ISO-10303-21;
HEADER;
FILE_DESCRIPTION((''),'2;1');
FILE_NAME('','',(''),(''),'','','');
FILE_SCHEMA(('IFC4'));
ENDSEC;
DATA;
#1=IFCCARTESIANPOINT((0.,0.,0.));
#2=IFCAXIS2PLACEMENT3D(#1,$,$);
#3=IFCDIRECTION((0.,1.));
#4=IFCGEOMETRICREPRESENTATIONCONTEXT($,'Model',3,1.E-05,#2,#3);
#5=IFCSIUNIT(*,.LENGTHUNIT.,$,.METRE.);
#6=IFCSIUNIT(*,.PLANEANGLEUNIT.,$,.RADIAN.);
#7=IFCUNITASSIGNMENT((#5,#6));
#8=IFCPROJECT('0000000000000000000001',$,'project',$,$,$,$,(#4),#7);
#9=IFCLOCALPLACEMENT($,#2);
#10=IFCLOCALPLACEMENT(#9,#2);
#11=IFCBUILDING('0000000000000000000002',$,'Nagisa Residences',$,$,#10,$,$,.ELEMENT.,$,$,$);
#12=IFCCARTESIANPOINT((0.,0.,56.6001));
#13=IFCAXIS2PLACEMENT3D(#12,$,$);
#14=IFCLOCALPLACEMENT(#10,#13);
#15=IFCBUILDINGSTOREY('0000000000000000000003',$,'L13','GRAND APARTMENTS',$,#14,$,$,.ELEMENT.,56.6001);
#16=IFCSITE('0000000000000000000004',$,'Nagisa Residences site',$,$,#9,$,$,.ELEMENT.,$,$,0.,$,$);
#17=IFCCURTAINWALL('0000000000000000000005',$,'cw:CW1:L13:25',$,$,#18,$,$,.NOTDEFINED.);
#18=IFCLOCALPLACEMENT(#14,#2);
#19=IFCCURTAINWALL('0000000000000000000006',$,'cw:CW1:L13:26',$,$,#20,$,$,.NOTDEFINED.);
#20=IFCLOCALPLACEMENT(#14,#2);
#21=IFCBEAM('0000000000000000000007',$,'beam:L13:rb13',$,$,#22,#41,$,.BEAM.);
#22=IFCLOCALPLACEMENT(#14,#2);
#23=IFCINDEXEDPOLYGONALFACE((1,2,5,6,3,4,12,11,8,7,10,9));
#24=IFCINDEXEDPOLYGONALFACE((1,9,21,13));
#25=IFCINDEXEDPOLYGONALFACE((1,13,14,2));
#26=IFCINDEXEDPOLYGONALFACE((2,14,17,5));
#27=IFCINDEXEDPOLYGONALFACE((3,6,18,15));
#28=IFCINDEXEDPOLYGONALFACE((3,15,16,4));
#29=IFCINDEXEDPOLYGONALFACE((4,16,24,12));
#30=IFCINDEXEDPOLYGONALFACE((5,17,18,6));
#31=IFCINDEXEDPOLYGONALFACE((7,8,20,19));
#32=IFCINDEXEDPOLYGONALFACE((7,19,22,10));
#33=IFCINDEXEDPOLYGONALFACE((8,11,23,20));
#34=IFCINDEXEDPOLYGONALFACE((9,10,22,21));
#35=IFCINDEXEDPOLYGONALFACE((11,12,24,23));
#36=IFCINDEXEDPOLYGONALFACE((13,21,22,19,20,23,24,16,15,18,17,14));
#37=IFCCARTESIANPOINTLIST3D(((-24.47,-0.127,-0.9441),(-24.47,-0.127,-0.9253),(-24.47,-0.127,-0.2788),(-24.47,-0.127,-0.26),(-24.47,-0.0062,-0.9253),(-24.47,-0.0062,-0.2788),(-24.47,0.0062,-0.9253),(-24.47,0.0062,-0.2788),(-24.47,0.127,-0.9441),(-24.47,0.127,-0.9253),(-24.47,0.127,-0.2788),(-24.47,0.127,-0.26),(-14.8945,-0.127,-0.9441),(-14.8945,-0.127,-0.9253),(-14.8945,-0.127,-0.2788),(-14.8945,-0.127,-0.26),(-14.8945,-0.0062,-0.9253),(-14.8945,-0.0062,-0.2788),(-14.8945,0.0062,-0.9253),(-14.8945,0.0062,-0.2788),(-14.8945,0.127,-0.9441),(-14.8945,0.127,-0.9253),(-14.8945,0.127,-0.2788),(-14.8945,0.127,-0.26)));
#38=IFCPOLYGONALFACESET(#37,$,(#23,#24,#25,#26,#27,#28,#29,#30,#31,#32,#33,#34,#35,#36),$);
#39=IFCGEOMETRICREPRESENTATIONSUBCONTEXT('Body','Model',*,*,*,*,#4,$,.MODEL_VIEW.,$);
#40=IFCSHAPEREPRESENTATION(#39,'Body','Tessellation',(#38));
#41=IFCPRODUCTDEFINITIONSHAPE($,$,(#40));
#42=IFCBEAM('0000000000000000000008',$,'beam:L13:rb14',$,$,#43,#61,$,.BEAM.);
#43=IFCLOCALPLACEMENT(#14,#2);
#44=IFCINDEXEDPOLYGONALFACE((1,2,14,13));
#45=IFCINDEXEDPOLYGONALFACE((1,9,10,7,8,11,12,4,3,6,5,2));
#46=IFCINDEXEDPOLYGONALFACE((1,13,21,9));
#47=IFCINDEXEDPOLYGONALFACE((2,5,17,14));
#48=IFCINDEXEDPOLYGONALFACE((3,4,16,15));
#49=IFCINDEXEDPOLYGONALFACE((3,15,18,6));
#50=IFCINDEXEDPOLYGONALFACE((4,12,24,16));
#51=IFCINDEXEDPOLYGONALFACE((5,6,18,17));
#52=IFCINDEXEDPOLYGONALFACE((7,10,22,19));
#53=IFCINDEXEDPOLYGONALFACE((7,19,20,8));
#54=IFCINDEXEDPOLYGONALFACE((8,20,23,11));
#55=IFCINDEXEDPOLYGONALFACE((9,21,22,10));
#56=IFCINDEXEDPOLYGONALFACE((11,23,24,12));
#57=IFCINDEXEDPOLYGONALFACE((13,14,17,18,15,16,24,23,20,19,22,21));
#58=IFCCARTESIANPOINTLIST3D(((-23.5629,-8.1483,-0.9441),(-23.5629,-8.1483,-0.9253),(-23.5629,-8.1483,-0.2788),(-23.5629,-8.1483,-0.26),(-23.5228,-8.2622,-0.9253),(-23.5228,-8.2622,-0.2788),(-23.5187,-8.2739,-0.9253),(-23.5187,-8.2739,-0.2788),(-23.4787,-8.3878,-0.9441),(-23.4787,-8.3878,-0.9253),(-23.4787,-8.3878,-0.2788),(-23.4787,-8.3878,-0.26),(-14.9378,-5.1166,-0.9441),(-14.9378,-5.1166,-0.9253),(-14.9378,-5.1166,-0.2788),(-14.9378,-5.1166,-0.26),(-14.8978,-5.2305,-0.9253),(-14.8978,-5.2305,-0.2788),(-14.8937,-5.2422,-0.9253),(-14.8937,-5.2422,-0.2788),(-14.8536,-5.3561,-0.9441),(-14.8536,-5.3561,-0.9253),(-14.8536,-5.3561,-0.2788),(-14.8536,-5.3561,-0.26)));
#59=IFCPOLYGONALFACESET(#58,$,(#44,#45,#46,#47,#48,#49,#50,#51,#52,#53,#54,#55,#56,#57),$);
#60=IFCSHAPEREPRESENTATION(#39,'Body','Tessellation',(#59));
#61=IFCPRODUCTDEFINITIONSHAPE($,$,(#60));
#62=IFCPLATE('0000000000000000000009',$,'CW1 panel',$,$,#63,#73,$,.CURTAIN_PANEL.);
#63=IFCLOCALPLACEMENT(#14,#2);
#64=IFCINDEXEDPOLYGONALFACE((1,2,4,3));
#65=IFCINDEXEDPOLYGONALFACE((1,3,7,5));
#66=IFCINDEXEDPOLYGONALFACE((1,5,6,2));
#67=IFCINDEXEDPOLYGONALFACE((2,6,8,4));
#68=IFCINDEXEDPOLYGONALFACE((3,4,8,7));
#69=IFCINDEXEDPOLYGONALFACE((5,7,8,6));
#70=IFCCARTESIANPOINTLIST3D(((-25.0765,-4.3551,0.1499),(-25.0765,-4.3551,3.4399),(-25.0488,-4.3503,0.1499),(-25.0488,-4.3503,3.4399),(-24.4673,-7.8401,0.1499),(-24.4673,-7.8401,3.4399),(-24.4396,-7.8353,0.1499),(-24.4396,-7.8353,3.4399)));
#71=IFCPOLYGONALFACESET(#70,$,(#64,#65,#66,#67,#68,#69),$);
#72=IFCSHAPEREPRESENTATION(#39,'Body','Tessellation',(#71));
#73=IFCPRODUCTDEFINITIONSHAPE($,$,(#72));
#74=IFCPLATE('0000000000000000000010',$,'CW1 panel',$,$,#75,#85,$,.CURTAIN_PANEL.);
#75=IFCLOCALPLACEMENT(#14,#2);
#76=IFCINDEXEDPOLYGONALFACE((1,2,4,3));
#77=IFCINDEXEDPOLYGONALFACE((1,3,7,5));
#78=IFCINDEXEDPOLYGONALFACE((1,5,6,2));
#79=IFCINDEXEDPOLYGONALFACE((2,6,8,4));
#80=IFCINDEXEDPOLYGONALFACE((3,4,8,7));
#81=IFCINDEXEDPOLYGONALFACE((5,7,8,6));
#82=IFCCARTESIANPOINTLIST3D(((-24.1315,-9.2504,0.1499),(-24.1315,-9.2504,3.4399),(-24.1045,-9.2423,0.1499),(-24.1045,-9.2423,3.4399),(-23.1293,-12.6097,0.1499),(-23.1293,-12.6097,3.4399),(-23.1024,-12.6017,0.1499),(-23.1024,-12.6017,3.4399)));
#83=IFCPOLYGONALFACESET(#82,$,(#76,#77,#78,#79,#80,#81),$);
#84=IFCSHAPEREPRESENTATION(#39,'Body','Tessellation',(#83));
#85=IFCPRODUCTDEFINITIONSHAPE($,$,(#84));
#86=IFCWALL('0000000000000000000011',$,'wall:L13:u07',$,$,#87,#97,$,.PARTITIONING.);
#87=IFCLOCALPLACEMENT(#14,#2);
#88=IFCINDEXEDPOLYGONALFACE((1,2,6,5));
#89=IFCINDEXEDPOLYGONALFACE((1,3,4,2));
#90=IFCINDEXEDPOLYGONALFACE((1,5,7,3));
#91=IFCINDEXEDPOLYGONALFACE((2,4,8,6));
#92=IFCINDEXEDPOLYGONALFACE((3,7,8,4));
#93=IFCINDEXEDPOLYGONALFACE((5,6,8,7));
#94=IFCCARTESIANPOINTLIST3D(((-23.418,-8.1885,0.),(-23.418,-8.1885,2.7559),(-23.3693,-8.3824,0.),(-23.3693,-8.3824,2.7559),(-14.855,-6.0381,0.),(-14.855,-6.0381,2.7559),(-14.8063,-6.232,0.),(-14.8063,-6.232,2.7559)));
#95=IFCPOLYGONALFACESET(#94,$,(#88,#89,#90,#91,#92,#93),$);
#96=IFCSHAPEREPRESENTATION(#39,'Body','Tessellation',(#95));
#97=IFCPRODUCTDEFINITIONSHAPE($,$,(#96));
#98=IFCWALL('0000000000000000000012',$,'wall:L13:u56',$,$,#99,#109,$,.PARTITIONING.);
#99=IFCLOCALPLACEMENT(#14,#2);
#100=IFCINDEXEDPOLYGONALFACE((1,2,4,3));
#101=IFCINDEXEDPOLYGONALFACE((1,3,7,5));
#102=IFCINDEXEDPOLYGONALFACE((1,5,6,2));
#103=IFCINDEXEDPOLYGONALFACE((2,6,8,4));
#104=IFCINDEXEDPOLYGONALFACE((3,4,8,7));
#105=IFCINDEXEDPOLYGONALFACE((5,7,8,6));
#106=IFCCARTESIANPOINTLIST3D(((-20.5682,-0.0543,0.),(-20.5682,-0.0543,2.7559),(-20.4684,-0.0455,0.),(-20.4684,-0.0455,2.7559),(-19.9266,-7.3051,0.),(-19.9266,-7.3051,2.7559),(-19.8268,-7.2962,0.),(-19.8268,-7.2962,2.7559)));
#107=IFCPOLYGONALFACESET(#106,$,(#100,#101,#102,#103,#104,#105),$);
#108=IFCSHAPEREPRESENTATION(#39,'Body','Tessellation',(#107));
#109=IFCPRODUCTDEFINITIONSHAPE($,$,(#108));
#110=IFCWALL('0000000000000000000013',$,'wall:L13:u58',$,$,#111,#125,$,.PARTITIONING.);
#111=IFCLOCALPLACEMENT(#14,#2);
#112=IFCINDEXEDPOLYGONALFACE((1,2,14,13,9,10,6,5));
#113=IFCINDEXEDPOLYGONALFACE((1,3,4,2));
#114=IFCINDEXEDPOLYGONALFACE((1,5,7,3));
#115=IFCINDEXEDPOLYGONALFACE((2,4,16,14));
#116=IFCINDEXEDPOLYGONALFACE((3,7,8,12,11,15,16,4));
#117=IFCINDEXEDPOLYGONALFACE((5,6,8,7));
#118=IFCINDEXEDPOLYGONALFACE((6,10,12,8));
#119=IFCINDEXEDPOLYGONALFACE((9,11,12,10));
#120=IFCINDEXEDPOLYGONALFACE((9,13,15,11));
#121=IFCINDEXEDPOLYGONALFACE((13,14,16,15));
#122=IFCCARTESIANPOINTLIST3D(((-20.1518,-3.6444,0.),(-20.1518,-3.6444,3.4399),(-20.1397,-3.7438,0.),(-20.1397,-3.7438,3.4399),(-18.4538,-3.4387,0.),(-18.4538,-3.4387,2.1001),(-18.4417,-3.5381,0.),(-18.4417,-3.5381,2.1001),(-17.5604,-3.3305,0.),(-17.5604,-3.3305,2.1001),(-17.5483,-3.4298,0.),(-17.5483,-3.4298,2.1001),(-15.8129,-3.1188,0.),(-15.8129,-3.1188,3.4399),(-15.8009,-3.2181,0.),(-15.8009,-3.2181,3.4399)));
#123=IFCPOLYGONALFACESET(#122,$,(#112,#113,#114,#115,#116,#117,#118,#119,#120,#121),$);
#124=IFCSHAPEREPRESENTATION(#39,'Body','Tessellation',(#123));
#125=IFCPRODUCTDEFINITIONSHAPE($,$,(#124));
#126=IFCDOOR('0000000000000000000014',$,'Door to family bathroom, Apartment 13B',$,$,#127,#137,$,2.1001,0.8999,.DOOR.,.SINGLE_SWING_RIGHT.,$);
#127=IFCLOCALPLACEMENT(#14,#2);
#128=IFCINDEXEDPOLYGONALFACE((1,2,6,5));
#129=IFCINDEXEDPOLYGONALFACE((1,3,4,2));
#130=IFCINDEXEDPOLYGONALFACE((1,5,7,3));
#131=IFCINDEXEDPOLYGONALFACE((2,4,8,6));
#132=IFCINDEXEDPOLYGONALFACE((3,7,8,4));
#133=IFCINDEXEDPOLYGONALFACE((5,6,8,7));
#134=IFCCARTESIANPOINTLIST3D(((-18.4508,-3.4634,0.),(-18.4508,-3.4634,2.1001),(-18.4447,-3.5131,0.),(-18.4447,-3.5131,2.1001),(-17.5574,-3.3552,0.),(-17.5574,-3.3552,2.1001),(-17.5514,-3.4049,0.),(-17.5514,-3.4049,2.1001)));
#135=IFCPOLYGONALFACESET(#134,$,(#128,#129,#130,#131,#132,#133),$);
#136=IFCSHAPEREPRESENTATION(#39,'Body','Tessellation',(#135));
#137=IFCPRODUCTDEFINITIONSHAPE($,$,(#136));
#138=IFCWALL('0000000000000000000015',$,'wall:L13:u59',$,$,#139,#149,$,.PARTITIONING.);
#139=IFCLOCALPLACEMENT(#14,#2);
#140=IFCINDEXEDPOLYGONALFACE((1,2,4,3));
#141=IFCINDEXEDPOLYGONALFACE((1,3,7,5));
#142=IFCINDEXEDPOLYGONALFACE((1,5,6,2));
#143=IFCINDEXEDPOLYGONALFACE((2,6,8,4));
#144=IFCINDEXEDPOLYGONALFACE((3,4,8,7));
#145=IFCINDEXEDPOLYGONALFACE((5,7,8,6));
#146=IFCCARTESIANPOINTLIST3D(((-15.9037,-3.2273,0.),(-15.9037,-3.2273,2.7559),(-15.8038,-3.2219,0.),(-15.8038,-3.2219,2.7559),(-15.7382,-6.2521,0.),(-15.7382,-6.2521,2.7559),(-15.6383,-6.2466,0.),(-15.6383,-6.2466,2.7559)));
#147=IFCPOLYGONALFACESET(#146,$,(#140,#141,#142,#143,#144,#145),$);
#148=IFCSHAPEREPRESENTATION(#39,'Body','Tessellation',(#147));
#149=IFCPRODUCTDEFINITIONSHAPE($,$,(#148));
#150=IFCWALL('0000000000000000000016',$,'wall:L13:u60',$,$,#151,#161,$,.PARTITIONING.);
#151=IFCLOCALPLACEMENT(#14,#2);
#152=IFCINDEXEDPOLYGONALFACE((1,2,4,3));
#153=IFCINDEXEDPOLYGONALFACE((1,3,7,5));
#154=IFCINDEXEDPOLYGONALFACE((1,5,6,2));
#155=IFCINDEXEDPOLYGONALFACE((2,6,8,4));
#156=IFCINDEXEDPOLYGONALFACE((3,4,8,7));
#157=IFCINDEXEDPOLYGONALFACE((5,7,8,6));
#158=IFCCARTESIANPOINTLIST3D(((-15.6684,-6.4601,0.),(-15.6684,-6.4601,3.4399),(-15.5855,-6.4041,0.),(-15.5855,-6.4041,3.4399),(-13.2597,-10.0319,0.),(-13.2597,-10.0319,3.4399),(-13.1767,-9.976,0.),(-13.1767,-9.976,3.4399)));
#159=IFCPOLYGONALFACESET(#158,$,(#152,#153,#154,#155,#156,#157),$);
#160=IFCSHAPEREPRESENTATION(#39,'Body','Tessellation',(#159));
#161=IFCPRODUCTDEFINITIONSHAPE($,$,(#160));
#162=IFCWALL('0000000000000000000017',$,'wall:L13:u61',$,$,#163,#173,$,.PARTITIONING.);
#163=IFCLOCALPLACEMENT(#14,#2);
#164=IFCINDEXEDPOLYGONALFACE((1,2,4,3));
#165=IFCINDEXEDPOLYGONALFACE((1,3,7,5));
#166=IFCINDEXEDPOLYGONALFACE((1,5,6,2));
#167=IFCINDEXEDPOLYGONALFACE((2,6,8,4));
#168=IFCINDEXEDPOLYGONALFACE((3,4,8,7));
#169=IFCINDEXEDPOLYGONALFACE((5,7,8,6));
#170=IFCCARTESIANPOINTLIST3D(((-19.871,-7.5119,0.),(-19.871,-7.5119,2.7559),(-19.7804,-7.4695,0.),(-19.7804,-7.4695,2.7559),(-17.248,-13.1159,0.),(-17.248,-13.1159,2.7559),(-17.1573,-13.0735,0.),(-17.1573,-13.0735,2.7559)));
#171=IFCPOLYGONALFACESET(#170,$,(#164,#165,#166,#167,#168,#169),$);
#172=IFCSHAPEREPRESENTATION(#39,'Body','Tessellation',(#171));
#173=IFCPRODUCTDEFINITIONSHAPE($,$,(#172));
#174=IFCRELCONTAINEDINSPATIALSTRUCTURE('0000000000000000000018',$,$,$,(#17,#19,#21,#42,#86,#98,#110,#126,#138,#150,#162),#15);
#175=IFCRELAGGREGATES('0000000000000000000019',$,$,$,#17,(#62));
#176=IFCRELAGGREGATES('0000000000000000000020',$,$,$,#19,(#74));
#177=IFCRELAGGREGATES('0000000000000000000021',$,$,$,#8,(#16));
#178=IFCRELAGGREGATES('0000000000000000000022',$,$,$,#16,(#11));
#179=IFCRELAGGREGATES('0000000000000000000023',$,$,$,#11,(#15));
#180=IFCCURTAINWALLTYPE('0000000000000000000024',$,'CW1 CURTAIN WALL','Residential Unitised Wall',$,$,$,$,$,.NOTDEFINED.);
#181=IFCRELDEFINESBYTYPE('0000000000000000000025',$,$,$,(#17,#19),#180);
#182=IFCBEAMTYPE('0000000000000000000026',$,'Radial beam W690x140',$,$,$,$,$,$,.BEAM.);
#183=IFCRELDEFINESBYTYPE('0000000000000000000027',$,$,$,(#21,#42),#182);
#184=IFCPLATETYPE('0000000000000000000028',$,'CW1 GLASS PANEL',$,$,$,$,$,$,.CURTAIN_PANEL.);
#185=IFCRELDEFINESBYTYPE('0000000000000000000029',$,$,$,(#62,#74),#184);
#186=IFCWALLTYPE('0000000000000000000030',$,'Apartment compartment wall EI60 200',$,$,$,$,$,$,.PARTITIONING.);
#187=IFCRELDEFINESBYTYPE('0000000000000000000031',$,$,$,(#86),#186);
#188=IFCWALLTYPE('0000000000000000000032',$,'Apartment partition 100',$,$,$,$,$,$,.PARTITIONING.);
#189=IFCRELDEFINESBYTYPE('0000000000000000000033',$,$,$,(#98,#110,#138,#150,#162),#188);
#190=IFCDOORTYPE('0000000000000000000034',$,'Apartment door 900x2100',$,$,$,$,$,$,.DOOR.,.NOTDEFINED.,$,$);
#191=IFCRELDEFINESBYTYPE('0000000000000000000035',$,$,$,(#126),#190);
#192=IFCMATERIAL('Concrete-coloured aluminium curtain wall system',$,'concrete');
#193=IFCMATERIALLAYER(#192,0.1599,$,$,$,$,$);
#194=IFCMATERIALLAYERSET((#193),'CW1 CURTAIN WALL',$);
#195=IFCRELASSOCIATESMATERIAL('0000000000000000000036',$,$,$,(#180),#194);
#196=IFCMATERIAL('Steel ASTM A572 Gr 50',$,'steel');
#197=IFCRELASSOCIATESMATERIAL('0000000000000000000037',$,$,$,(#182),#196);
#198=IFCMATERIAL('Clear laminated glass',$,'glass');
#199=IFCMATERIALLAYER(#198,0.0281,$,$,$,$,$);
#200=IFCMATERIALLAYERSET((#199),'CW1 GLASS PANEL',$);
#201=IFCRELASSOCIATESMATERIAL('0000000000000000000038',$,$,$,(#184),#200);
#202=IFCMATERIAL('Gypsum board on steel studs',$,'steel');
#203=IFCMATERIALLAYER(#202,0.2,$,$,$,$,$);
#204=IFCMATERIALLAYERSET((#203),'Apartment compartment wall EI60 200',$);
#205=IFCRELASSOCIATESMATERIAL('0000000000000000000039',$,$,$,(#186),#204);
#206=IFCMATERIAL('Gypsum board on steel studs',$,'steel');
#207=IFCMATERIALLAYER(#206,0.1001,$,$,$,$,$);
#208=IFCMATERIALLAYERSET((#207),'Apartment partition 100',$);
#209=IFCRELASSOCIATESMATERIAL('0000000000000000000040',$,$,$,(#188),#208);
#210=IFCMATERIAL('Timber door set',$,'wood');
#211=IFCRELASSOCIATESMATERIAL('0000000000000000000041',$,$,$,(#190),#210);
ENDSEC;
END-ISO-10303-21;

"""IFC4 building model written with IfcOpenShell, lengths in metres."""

from ifc_helpers import new_model, si_unit, direction, frame, frame_2d, origin, origin_2d, place, context, subcontext, project, spatial, rectangle, i_section, extrude, material, layer, layer_set, material_profile, profile_set, type_object, element, fill, aggregate, save


model = new_model("IFC4")

# Units and contexts
model_context = context("Model", 3, precision=1e-05, world=origin(), true_north=direction((0.0, 1.0)))
body_context = subcontext(model_context, "Body", "Model", "MODEL_VIEW")
ifc_project = project(units=[si_unit("LENGTHUNIT", "METRE"), si_unit("PLANEANGLEUNIT", "RADIAN")], contexts=[model_context])

# Site, building, storey
site_placement = place(None, origin())
site = spatial("IfcSite", under=ifc_project, at=site_placement, Name="Nagisa Residences site", CompositionType="ELEMENT", RefElevation=0.0)
building_placement = place(site_placement, origin())
building = spatial("IfcBuilding", under=site, at=building_placement, Name="Nagisa Residences", CompositionType="ELEMENT")
storey_placement = place(building_placement, frame((0.0, 0.0, 56.6001)))
storey = spatial("IfcBuildingStorey", under=building, at=storey_placement, Name="L13", Description="GRAND APARTMENTS", CompositionType="ELEMENT", Elevation=56.6001)

# Curtain walls
ifc_material_1 = material(Name="Concrete-coloured aluminium curtain wall system", Category="concrete")
ifc_layer_1 = layer(ifc_material_1, 0.1599)
ifc_layer_set_1 = layer_set([ifc_layer_1], Name="CW1 CURTAIN WALL")
curtain_wall_type = type_object("IfcCurtainWallType", Name="CW1 CURTAIN WALL", Description="Residential Unitised Wall", PredefinedType="NOTDEFINED", material=ifc_layer_set_1)
curtain_wall_1_placement = place(storey_placement, origin())
curtain_wall_1 = element("IfcCurtainWall", 1, at=curtain_wall_1_placement, inside=storey, type_object=curtain_wall_type, Name="cw:CW1:L13:25", PredefinedType="NOTDEFINED")
curtain_wall_2_placement = place(storey_placement, origin())
curtain_wall_2 = element("IfcCurtainWall", 2, at=curtain_wall_2_placement, inside=storey, type_object=curtain_wall_type, Name="cw:CW1:L13:26", PredefinedType="NOTDEFINED")

# Beams
ifc_material_2 = material(Name="Steel ASTM A572 Gr 50", Category="steel")
ifc_material_profile_1 = material_profile(ifc_material_2, i_section(OverallWidth=0.2539, OverallDepth=0.6841, WebThickness=0.0125, FlangeThickness=0.0188, at=origin_2d()), Name="W690x140")
ifc_profile_set_1 = profile_set([ifc_material_profile_1], Name="Steel ASTM A572 Gr 50")
beam_type_1 = type_object("IfcBeamType", Name="Radial beam W690x140", PredefinedType="BEAM", material=ifc_profile_set_1)
beam_1_placement = place(storey_placement, frame((-24.47, 0.0, -0.6021), z_axis=(1.0, 0.0, 0.0), x_axis=(0.0, 1.0, 0.0)))
element("IfcBeam", 3, at=beam_1_placement, inside=storey, type_object=beam_type_1, Name="beam:L13:rb13", PredefinedType="BEAM", context=body_context, shape_type="SweptSolid", body=[
    extrude(i_section(OverallWidth=0.2539, OverallDepth=0.6841, WebThickness=0.0125, FlangeThickness=0.0188, at=origin_2d()), origin(), (0.0, 0.0, 1.0), 9.5754),
])
beam_2_placement = place(storey_placement, frame((-23.5208, -8.2681, -0.6021), z_axis=(0.943415, 0.331616, 0.0), x_axis=(-0.331616, 0.943415, 0.0)))
element("IfcBeam", 4, at=beam_2_placement, inside=storey, type_object=beam_type_1, Name="beam:L13:rb14", PredefinedType="BEAM", context=body_context, shape_type="SweptSolid", body=[
    extrude(i_section(OverallWidth=0.2539, OverallDepth=0.6841, WebThickness=0.0125, FlangeThickness=0.0188, at=origin_2d()), origin(), (0.0, 0.0, 1.0), 9.1423),
])

# Plates
ifc_material_3 = material(Name="Clear laminated glass", Category="glass")
ifc_layer_2 = layer(ifc_material_3, 0.0281)
ifc_layer_set_2 = layer_set([ifc_layer_2], Name="CW1 GLASS PANEL")
plate_type = type_object("IfcPlateType", Name="CW1 GLASS PANEL", PredefinedType="CURTAIN_PANEL", material=ifc_layer_set_2)
plate_1_placement = place(storey_placement, frame((-24.7581, -6.0952, 0.1499), z_axis=(0.0, 0.0, 1.0), x_axis=(0.172191, -0.985064, 0.0)))
plate_1 = element("IfcPlate", 5, at=plate_1_placement, type_object=plate_type, Name="CW1 panel", PredefinedType="CURTAIN_PANEL", context=body_context, shape_type="SweptSolid", body=[
    extrude(rectangle(XDim=3.5378, YDim=0.0281, at=origin_2d()), origin(), (0.0, 0.0, 1.0), 3.29),
])
aggregate(curtain_wall_1, [plate_1])
plate_2_placement = place(storey_placement, frame((-23.6169, -10.926, 0.1499), z_axis=(0.0, 0.0, 1.0), x_axis=(0.28586, -0.958271, 0.0)))
plate_2 = element("IfcPlate", 6, at=plate_2_placement, type_object=plate_type, Name="CW1 panel", PredefinedType="CURTAIN_PANEL", context=body_context, shape_type="SweptSolid", body=[
    extrude(rectangle(XDim=3.5056, YDim=0.0281, at=origin_2d()), origin(), (0.0, 0.0, 1.0), 3.29),
])
aggregate(curtain_wall_2, [plate_2])

# Walls
ifc_material_4 = material(Name="Gypsum board on steel studs", Category="steel")
ifc_layer_3 = layer(ifc_material_4, 0.2)
ifc_layer_set_3 = layer_set([ifc_layer_3], Name="Apartment compartment wall EI60 200")
wall_type_1 = type_object("IfcWallType", Name="Apartment compartment wall EI60 200", PredefinedType="PARTITIONING", material=ifc_layer_set_3)
wall_1_placement = place(storey_placement, frame((-14.8306, -6.135, 0.0), z_axis=(0.0, 0.0, 1.0), x_axis=(-0.969885, -0.243564, 0.0)))
element("IfcWall", 7, at=wall_1_placement, inside=storey, type_object=wall_type_1, Name="wall:L13:u07", PredefinedType="PARTITIONING", context=body_context, shape_type="SweptSolid", body=[
    extrude(rectangle(XDim=8.8289, YDim=0.2, at=frame_2d((4.4146, 0.0))), origin(), (0.0, 0.0, 1.0), 2.7559),
])
ifc_material_5 = material(Name="Gypsum board on steel studs", Category="steel")
ifc_layer_4 = layer(ifc_material_5, 0.1001)
ifc_layer_set_4 = layer_set([ifc_layer_4], Name="Apartment partition 100")
wall_type_2 = type_object("IfcWallType", Name="Apartment partition 100", PredefinedType="PARTITIONING", material=ifc_layer_set_4)
wall_2_placement = place(storey_placement, frame((-20.5183, -0.0498, 0.0), z_axis=(0.0, 0.0, 1.0), x_axis=(0.088143, -0.996108, 0.0)))
element("IfcWall", 8, at=wall_2_placement, inside=storey, type_object=wall_type_2, Name="wall:L13:u56", PredefinedType="PARTITIONING", context=body_context, shape_type="SweptSolid", body=[
    extrude(rectangle(XDim=7.2791, YDim=0.1001, at=frame_2d((3.6396, 0.0))), origin(), (0.0, 0.0, 1.0), 2.7559),
])

# Wall, opening, door
wall_3_placement = place(storey_placement, frame((-15.8069, -3.1685, 0.0), z_axis=(0.0, 0.0, 1.0), x_axis=(-0.992742, -0.120266, 0.0)))
wall_3 = element("IfcWall", 9, at=wall_3_placement, inside=storey, type_object=wall_type_2, Name="wall:L13:u58", PredefinedType="PARTITIONING", context=body_context, shape_type="SweptSolid", body=[
    extrude(rectangle(XDim=4.3706, YDim=0.1001, at=frame_2d((2.1853, 0.0))), origin(), (0.0, 0.0, 1.0), 3.4399),
])
opening_1_placement = place(wall_3_placement, frame((1.7603, 0.0, 0.0)))
opening_1 = element("IfcOpeningElement", 10, at=opening_1_placement, cuts=wall_3, PredefinedType="OPENING", context=body_context, shape_type="SweptSolid", body=[
    extrude(rectangle(XDim=0.8999, YDim=2.1001, at=frame_2d((0.45, 1.05))), frame((0.0, 0.0601, 0.0), z_axis=(0.0, -1.0, 0.0), x_axis=(1.0, 0.0, 0.0)), (0.0, 0.0, 1.0), 0.1201),
])
ifc_material_6 = material(Name="Timber door set", Category="wood")
door_type_1 = type_object("IfcDoorType", Name="Apartment door 900x2100", OperationType="NOTDEFINED", PredefinedType="DOOR", material=ifc_material_6)
door_1_placement = place(opening_1_placement, origin())
door_1 = element("IfcDoor", 11, at=door_1_placement, inside=storey, type_object=door_type_1, Name="Door to family bathroom, Apartment 13B", OperationType="SINGLE_SWING_RIGHT", OverallHeight=2.1001, OverallWidth=0.8999, PredefinedType="DOOR", context=body_context, shape_type="SweptSolid", body=[
    extrude(rectangle(XDim=0.8999, YDim=2.1001, at=frame_2d((0.45, 1.05))), frame((0.0, 0.0249, 0.0), z_axis=(0.0, -1.0, 0.0), x_axis=(1.0, 0.0, 0.0)), (0.0, 0.0, 1.0), 0.05),
])
fill(opening_1, door_1)

# Walls
wall_4_placement = place(storey_placement, frame((-15.8538, -3.2246, 0.0), z_axis=(0.0, 0.0, 1.0), x_axis=(0.054644, -0.998506, 0.0)))
element("IfcWall", 12, at=wall_4_placement, inside=storey, type_object=wall_type_2, Name="wall:L13:u59", PredefinedType="PARTITIONING", context=body_context, shape_type="SweptSolid", body=[
    extrude(rectangle(XDim=3.0293, YDim=0.1001, at=frame_2d((1.5146, 0.0))), origin(), (0.0, 0.0, 1.0), 2.7559),
])
wall_5_placement = place(storey_placement, frame((-15.627, -6.4321, 0.0), z_axis=(0.0, 0.0, 1.0), x_axis=(0.559113, -0.829092, 0.0)))
element("IfcWall", 13, at=wall_5_placement, inside=storey, type_object=wall_type_2, Name="wall:L13:u60", PredefinedType="PARTITIONING", context=body_context, shape_type="SweptSolid", body=[
    extrude(rectangle(XDim=4.3081, YDim=0.1001, at=frame_2d((2.1541, 0.0))), origin(), (0.0, 0.0, 1.0), 3.4399),
])
wall_6_placement = place(storey_placement, frame((-19.8257, -7.4907, 0.0), z_axis=(0.0, 0.0, 1.0), x_axis=(0.423926, -0.905697, 0.0)))
element("IfcWall", 14, at=wall_6_placement, inside=storey, type_object=wall_type_2, Name="wall:L13:u61", PredefinedType="PARTITIONING", context=body_context, shape_type="SweptSolid", body=[
    extrude(rectangle(XDim=6.1875, YDim=0.1001, at=frame_2d((3.0938, 0.0))), origin(), (0.0, 0.0, 1.0), 2.7559),
])

save(model, "model.ifc")
